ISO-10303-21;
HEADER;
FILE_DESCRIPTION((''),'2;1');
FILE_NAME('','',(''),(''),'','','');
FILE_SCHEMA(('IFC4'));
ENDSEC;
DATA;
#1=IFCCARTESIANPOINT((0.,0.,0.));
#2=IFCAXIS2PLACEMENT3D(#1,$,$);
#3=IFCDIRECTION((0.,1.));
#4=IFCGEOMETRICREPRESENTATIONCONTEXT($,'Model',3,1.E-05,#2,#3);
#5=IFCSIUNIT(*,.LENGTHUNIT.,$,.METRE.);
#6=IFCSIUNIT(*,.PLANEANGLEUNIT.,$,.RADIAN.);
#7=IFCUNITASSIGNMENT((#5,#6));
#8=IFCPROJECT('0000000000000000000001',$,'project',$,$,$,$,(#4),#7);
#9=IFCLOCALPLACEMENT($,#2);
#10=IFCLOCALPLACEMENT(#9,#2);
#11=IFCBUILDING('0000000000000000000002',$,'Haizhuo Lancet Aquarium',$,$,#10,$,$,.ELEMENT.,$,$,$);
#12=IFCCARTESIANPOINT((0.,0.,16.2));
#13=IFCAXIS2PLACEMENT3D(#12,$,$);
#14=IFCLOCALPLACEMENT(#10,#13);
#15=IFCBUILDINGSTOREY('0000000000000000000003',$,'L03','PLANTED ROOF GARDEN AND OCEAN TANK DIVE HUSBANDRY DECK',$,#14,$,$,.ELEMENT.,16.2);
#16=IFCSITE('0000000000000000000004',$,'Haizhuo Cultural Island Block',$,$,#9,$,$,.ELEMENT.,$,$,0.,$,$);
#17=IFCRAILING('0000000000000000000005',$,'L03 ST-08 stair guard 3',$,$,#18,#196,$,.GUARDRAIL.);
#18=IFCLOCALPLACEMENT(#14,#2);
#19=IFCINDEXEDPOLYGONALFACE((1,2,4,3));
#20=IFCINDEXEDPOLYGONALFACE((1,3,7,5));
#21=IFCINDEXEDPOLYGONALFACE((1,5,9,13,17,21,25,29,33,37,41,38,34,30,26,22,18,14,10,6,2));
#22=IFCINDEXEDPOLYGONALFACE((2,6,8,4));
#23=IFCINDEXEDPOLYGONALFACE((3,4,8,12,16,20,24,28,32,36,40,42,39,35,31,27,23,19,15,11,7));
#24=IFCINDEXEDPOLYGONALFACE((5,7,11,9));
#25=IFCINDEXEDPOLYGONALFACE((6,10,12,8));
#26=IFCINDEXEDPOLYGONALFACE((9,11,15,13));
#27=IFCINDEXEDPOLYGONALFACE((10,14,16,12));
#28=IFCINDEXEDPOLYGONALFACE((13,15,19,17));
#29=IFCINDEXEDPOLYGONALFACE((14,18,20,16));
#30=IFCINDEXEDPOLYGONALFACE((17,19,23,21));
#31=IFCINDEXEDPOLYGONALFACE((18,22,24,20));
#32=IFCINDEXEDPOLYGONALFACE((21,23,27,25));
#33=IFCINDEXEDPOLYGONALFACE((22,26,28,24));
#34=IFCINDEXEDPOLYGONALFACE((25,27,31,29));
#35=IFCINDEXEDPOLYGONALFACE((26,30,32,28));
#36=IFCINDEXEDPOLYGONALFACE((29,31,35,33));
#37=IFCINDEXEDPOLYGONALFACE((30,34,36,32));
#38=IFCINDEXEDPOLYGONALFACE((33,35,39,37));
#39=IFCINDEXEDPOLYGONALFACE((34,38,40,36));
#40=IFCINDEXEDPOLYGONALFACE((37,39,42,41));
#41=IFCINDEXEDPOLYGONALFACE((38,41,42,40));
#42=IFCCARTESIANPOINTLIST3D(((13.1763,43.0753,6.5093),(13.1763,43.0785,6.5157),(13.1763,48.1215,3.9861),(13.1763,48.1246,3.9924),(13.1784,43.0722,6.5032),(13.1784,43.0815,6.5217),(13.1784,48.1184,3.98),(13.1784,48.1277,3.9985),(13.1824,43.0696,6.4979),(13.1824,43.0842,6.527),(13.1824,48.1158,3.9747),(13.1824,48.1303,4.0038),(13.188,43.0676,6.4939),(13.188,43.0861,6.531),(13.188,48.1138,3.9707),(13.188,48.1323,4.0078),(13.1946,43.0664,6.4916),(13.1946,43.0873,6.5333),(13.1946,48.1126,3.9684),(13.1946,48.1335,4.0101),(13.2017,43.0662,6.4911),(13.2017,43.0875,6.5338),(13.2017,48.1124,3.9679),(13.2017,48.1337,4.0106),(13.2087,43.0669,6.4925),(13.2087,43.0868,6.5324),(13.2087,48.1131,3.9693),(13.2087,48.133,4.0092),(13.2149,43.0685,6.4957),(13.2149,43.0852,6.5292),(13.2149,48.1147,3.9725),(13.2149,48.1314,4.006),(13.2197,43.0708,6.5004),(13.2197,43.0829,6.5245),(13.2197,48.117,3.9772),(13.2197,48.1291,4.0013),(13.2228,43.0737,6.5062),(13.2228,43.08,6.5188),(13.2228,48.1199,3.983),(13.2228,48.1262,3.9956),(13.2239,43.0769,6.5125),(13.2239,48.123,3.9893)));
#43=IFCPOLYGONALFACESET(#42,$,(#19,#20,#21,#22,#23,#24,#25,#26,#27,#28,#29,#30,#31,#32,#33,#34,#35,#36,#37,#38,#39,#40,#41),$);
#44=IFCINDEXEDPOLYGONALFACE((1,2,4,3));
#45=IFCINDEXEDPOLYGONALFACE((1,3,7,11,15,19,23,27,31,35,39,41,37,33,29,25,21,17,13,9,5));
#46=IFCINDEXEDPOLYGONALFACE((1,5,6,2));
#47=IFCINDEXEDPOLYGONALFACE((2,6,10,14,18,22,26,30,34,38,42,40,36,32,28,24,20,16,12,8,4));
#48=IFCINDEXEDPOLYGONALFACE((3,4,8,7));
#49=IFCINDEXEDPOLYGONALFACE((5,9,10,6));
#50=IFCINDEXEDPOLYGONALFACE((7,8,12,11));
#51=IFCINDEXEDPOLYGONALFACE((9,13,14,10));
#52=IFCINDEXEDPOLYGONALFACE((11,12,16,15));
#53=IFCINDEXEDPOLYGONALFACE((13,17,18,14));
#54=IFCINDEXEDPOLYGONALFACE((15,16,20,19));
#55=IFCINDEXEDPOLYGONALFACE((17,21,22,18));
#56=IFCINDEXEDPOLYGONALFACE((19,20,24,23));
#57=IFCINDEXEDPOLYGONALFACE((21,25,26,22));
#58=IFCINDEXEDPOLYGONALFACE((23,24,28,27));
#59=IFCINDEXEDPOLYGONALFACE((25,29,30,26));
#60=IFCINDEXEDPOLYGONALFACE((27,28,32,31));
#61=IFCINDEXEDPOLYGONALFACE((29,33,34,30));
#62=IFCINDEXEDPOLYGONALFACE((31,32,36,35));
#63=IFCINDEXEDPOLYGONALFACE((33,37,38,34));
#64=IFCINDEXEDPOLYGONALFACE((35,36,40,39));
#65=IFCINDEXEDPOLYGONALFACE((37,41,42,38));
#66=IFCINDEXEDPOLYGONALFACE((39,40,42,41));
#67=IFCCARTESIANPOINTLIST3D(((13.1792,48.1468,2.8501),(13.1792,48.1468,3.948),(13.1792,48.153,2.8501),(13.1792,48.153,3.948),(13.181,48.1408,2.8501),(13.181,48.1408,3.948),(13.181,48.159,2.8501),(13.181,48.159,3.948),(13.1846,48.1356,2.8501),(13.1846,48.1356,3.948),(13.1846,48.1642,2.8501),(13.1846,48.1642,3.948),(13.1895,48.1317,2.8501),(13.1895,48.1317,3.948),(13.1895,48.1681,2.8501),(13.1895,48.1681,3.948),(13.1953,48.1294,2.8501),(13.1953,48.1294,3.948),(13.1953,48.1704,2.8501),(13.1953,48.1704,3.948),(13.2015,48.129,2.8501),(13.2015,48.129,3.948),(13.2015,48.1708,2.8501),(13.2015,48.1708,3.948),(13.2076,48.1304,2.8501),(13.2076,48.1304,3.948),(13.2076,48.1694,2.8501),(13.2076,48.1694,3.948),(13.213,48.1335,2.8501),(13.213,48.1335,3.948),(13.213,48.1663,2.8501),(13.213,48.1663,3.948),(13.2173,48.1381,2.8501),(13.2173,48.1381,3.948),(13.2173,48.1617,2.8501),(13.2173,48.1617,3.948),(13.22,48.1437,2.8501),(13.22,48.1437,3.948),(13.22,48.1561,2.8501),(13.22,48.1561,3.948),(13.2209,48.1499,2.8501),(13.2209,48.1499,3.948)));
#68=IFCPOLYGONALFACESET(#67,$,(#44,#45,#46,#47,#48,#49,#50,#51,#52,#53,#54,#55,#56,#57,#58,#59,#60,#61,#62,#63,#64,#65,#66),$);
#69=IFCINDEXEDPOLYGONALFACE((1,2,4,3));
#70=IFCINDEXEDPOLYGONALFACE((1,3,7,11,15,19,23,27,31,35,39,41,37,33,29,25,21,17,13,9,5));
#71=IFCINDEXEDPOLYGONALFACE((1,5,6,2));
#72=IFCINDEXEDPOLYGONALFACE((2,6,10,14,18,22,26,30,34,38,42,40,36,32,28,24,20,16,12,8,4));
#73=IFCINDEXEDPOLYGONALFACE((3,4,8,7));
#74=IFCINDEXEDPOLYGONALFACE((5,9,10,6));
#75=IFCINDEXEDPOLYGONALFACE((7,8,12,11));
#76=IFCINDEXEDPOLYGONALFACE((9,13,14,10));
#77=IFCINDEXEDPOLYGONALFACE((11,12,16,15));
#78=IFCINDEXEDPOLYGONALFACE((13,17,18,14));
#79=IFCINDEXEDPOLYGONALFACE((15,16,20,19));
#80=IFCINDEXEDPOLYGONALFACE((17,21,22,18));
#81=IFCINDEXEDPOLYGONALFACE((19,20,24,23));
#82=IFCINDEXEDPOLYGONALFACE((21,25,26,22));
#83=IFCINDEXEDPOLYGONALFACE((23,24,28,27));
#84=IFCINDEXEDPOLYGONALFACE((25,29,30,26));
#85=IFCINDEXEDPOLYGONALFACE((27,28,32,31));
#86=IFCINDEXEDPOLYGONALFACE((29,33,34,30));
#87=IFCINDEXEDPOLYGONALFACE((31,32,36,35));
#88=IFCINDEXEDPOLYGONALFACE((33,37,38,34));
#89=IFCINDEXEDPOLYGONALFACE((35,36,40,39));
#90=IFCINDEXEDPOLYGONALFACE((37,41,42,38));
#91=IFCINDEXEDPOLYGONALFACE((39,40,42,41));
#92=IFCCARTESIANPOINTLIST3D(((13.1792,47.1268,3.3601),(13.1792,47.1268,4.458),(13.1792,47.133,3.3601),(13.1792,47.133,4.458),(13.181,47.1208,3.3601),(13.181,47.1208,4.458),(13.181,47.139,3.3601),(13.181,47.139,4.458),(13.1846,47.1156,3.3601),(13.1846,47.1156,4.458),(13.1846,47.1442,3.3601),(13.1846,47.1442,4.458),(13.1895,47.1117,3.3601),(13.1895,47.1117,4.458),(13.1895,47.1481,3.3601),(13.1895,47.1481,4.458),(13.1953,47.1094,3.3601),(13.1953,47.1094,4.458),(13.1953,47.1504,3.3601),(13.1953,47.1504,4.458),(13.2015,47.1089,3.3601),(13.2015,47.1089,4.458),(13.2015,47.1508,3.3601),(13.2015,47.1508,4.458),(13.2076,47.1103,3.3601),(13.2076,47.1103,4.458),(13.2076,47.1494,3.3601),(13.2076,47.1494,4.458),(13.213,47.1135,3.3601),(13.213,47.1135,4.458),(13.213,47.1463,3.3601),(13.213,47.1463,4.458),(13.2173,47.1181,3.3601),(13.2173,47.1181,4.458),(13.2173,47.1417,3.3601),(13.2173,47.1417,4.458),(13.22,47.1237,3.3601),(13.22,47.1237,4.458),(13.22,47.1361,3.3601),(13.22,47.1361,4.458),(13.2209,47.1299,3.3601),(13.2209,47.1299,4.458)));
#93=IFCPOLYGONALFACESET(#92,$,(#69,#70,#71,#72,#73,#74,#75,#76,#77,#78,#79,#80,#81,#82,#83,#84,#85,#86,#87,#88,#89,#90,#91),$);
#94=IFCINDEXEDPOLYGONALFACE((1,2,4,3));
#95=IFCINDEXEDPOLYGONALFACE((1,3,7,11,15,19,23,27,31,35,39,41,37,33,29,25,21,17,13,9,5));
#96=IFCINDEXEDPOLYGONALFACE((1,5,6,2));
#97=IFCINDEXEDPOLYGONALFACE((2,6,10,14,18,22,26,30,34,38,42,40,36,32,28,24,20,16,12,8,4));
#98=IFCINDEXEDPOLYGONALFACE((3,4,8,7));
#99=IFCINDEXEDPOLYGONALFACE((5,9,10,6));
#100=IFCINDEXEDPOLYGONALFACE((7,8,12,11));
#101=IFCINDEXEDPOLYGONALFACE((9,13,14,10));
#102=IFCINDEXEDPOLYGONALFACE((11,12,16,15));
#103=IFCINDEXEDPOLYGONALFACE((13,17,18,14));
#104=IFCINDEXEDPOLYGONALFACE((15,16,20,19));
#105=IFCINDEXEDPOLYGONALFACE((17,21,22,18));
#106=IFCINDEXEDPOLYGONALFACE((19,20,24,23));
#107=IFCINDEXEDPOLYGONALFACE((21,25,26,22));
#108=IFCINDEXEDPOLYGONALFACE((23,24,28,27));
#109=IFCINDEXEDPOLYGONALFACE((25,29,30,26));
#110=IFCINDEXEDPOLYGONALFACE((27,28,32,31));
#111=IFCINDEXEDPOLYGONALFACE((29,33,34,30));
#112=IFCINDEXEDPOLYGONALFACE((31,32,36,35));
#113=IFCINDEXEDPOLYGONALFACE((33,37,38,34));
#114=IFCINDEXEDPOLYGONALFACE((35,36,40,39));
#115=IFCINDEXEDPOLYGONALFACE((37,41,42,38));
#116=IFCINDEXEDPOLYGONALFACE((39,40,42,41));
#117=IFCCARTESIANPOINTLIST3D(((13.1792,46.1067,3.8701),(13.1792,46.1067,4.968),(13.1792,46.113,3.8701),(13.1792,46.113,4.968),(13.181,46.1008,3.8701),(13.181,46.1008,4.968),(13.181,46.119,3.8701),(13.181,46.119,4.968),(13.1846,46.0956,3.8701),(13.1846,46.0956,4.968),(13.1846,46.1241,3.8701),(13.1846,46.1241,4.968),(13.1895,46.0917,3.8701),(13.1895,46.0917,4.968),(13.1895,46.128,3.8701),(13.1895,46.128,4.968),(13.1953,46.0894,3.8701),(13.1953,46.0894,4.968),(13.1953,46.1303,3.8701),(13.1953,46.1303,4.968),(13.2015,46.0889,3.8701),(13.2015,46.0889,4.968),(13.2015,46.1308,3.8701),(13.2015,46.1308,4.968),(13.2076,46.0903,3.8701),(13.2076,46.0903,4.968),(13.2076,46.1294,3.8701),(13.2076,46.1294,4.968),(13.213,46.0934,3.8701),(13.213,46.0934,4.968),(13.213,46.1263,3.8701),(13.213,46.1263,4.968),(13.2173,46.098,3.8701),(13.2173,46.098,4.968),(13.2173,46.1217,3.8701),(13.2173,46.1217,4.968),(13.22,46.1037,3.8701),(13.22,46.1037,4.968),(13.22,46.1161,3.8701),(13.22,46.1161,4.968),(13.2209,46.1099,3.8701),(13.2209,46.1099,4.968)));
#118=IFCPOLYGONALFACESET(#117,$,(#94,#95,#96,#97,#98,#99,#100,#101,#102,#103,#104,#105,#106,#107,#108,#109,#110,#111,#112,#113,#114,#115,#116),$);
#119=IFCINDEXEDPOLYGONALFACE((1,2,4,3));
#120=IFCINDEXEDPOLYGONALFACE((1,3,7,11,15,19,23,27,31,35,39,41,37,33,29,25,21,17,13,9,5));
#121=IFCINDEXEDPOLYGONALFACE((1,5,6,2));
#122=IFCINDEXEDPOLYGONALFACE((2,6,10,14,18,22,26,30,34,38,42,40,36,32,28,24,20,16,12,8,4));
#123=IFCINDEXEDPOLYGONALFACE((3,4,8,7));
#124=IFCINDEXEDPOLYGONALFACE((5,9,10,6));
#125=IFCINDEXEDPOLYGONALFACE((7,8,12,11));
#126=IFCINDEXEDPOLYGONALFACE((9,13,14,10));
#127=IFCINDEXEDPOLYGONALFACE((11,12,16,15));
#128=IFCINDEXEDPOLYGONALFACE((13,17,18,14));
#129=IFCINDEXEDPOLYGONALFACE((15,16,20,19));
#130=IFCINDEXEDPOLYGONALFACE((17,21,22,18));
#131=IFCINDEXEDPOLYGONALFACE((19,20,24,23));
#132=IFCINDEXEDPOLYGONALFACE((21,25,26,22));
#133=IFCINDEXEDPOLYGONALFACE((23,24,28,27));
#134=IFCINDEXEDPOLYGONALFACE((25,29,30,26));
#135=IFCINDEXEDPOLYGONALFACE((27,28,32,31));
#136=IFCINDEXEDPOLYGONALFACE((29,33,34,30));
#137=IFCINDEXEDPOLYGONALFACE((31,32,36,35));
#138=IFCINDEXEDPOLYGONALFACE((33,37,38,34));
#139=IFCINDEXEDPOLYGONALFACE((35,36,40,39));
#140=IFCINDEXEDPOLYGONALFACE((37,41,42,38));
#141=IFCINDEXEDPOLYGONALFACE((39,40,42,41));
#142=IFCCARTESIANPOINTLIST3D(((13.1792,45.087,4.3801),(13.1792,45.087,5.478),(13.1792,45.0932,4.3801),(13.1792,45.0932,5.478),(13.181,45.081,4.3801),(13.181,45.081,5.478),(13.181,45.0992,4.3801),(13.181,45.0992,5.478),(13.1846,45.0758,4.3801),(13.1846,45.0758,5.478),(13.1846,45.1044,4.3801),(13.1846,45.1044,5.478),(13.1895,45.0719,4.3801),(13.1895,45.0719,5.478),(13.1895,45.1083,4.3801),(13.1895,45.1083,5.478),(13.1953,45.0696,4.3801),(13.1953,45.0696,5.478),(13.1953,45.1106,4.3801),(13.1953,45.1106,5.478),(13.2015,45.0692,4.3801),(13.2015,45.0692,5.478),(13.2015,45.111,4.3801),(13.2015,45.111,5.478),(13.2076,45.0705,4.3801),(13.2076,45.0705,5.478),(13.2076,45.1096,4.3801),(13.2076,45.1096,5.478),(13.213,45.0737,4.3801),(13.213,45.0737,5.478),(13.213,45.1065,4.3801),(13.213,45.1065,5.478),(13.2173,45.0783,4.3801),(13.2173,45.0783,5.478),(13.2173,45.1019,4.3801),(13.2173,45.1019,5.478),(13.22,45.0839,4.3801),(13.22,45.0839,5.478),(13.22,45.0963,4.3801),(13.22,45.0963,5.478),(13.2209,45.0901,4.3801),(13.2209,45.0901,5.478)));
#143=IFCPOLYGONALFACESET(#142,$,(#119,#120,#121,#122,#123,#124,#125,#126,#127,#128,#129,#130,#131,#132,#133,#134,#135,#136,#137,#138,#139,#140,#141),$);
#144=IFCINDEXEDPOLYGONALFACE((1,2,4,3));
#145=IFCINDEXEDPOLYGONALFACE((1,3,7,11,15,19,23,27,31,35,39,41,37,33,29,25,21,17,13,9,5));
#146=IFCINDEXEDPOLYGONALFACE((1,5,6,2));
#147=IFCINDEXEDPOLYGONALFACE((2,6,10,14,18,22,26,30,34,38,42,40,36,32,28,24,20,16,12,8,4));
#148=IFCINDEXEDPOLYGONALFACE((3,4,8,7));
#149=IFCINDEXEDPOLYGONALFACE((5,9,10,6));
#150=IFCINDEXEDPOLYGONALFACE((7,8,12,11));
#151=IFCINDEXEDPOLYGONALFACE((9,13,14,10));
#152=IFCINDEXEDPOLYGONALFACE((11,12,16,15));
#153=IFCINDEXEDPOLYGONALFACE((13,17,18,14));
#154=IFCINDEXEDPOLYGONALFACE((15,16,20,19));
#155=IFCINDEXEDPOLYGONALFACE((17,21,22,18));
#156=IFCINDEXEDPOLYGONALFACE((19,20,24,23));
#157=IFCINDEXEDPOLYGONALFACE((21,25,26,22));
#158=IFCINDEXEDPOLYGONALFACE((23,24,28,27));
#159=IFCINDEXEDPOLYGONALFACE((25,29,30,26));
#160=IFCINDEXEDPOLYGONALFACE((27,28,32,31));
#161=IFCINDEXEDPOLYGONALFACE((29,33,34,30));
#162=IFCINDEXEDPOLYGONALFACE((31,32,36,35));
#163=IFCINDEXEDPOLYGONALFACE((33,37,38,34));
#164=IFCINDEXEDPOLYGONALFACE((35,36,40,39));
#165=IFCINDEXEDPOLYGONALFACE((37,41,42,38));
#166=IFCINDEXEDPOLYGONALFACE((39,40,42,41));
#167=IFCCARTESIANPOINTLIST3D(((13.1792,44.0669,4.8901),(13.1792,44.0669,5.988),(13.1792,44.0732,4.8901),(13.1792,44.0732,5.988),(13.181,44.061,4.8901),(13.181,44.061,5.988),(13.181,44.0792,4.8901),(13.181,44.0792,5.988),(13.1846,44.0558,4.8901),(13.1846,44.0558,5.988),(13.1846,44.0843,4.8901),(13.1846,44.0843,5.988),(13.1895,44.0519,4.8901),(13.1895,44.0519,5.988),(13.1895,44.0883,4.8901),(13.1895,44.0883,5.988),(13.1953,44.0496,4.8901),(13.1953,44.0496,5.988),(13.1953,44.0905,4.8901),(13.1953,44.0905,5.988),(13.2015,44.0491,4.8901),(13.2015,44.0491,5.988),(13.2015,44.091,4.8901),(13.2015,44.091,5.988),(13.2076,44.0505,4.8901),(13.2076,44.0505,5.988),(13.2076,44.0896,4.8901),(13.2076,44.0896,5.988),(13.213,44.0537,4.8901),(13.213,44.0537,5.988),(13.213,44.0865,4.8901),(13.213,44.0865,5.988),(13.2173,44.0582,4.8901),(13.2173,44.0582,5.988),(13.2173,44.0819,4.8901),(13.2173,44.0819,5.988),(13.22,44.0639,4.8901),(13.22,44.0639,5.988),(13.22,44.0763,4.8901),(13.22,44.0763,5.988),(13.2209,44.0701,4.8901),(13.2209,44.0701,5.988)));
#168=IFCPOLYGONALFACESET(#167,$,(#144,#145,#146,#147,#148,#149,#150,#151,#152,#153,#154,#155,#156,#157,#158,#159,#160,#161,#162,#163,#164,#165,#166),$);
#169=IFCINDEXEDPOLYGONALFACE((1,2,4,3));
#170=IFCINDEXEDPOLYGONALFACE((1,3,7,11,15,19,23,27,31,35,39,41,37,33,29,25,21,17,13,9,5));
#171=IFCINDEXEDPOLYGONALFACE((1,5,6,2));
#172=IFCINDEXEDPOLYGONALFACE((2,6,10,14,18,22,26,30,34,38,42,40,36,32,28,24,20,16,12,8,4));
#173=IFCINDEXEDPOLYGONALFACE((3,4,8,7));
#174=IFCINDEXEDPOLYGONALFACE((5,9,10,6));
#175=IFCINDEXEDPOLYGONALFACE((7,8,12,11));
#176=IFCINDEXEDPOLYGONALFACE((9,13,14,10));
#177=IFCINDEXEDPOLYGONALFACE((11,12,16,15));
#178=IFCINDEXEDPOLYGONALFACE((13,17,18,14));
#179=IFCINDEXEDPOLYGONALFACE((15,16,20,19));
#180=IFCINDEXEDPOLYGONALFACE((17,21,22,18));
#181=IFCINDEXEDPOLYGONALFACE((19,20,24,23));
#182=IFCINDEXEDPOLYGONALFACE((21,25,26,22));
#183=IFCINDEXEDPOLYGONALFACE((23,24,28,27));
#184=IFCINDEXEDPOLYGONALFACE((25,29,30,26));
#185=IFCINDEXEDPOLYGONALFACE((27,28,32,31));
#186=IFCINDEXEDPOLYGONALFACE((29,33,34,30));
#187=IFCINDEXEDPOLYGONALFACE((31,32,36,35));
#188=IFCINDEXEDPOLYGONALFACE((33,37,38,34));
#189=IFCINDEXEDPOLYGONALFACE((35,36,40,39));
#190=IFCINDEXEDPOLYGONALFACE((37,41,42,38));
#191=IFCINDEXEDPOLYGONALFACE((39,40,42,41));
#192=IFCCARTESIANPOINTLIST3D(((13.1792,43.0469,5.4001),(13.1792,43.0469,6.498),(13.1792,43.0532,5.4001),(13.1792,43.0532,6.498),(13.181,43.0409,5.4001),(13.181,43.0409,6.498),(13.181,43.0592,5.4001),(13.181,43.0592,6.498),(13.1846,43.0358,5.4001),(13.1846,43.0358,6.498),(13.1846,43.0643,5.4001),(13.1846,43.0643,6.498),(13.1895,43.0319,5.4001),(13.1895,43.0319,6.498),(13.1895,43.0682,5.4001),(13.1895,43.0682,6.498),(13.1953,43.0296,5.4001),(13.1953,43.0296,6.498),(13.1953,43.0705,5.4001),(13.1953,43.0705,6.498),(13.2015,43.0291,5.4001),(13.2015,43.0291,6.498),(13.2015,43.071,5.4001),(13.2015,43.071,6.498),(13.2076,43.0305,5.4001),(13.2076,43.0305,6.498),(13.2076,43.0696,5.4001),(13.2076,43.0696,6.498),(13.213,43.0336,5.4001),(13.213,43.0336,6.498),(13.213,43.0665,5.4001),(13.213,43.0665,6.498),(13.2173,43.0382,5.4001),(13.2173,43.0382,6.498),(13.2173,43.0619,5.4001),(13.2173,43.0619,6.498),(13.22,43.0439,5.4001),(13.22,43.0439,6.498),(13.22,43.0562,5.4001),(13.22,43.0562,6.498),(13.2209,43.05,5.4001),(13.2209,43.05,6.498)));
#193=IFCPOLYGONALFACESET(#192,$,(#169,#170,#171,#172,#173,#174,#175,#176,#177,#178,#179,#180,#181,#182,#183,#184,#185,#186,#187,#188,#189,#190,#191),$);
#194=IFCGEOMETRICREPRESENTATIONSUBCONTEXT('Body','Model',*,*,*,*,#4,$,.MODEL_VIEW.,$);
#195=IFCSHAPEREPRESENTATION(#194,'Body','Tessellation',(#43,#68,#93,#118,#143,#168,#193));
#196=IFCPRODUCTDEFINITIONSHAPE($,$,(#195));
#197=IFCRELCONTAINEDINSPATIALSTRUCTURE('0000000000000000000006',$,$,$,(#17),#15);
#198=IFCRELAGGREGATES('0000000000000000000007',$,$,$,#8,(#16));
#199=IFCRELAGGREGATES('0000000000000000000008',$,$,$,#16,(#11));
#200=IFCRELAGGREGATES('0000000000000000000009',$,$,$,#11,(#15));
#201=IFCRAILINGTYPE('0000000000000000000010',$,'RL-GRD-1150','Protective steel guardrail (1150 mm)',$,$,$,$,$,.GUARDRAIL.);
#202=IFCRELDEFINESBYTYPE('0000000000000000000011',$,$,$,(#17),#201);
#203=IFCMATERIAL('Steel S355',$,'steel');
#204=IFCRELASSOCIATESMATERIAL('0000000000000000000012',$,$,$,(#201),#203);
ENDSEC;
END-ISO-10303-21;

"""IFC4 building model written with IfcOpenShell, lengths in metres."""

from ifc_helpers import new_model, si_unit, direction, frame, origin, origin_2d, place, context, subcontext, project, spatial, circle, extrude, material, type_object, element, save


model = new_model("IFC4")

# Units and contexts
model_context = context("Model", 3, precision=1e-05, world=origin(), true_north=direction((0.0, 1.0)))
body_context = subcontext(model_context, "Body", "Model", "MODEL_VIEW")
ifc_project = project(units=[si_unit("LENGTHUNIT", "METRE"), si_unit("PLANEANGLEUNIT", "RADIAN")], contexts=[model_context])

# Site, building, storey
site_placement = place(None, origin())
site = spatial("IfcSite", under=ifc_project, at=site_placement, Name="Haizhuo Cultural Island Block", CompositionType="ELEMENT", RefElevation=0.0)
building_placement = place(site_placement, origin())
building = spatial("IfcBuilding", under=site, at=building_placement, Name="Haizhuo Lancet Aquarium", CompositionType="ELEMENT")
storey_placement = place(building_placement, frame((0.0, 0.0, 16.2)))
storey = spatial("IfcBuildingStorey", under=building, at=storey_placement, Name="L03", Description="PLANTED ROOF GARDEN AND OCEAN TANK DIVE HUSBANDRY DECK", CompositionType="ELEMENT", Elevation=16.2)

# Shared definitions
ifc_material_1 = material(Name="Steel S355", Category="steel")

# Railing
railing_type_1 = type_object("IfcRailingType", Name="RL-GRD-1150", Description="Protective steel guardrail (1150 mm)", PredefinedType="GUARDRAIL", material=ifc_material_1)
railing_1_placement = place(storey_placement, frame((13.2, 48.1499, 2.8501)))
element("IfcRailing", 1, at=railing_1_placement, inside=storey, type_object=railing_type_1, Name="L03 ST-08 stair guard 3", PredefinedType="GUARDRAIL", context=body_context, shape_type="SweptSolid", body=[
    extrude(circle(Radius=0.0239, at=origin_2d()), frame((0.0, -0.0269, 1.1392), z_axis=(0.0, -0.894419, 0.447231), x_axis=(1.0, 0.0, 0.0)), (0.0, 0.0, 1.0), 5.6418),
    extrude(circle(Radius=0.021, at=origin_2d()), origin(), (0.0, 0.0, 1.0), 1.0979),
    extrude(circle(Radius=0.021, at=origin_2d()), frame((0.0, -1.02, 0.51)), (0.0, 0.0, 1.0), 1.0979),
    extrude(circle(Radius=0.021, at=origin_2d()), frame((0.0, -2.04, 1.02)), (0.0, 0.0, 1.0), 1.0979),
    extrude(circle(Radius=0.021, at=origin_2d()), frame((0.0, -3.0598, 1.53)), (0.0, 0.0, 1.0), 1.0979),
    extrude(circle(Radius=0.021, at=origin_2d()), frame((0.0, -4.0798, 2.04)), (0.0, 0.0, 1.0), 1.0979),
    extrude(circle(Radius=0.021, at=origin_2d()), frame((0.0, -5.0999, 2.55)), (0.0, 0.0, 1.0), 1.0979),
])

save(model, "model.ifc")
